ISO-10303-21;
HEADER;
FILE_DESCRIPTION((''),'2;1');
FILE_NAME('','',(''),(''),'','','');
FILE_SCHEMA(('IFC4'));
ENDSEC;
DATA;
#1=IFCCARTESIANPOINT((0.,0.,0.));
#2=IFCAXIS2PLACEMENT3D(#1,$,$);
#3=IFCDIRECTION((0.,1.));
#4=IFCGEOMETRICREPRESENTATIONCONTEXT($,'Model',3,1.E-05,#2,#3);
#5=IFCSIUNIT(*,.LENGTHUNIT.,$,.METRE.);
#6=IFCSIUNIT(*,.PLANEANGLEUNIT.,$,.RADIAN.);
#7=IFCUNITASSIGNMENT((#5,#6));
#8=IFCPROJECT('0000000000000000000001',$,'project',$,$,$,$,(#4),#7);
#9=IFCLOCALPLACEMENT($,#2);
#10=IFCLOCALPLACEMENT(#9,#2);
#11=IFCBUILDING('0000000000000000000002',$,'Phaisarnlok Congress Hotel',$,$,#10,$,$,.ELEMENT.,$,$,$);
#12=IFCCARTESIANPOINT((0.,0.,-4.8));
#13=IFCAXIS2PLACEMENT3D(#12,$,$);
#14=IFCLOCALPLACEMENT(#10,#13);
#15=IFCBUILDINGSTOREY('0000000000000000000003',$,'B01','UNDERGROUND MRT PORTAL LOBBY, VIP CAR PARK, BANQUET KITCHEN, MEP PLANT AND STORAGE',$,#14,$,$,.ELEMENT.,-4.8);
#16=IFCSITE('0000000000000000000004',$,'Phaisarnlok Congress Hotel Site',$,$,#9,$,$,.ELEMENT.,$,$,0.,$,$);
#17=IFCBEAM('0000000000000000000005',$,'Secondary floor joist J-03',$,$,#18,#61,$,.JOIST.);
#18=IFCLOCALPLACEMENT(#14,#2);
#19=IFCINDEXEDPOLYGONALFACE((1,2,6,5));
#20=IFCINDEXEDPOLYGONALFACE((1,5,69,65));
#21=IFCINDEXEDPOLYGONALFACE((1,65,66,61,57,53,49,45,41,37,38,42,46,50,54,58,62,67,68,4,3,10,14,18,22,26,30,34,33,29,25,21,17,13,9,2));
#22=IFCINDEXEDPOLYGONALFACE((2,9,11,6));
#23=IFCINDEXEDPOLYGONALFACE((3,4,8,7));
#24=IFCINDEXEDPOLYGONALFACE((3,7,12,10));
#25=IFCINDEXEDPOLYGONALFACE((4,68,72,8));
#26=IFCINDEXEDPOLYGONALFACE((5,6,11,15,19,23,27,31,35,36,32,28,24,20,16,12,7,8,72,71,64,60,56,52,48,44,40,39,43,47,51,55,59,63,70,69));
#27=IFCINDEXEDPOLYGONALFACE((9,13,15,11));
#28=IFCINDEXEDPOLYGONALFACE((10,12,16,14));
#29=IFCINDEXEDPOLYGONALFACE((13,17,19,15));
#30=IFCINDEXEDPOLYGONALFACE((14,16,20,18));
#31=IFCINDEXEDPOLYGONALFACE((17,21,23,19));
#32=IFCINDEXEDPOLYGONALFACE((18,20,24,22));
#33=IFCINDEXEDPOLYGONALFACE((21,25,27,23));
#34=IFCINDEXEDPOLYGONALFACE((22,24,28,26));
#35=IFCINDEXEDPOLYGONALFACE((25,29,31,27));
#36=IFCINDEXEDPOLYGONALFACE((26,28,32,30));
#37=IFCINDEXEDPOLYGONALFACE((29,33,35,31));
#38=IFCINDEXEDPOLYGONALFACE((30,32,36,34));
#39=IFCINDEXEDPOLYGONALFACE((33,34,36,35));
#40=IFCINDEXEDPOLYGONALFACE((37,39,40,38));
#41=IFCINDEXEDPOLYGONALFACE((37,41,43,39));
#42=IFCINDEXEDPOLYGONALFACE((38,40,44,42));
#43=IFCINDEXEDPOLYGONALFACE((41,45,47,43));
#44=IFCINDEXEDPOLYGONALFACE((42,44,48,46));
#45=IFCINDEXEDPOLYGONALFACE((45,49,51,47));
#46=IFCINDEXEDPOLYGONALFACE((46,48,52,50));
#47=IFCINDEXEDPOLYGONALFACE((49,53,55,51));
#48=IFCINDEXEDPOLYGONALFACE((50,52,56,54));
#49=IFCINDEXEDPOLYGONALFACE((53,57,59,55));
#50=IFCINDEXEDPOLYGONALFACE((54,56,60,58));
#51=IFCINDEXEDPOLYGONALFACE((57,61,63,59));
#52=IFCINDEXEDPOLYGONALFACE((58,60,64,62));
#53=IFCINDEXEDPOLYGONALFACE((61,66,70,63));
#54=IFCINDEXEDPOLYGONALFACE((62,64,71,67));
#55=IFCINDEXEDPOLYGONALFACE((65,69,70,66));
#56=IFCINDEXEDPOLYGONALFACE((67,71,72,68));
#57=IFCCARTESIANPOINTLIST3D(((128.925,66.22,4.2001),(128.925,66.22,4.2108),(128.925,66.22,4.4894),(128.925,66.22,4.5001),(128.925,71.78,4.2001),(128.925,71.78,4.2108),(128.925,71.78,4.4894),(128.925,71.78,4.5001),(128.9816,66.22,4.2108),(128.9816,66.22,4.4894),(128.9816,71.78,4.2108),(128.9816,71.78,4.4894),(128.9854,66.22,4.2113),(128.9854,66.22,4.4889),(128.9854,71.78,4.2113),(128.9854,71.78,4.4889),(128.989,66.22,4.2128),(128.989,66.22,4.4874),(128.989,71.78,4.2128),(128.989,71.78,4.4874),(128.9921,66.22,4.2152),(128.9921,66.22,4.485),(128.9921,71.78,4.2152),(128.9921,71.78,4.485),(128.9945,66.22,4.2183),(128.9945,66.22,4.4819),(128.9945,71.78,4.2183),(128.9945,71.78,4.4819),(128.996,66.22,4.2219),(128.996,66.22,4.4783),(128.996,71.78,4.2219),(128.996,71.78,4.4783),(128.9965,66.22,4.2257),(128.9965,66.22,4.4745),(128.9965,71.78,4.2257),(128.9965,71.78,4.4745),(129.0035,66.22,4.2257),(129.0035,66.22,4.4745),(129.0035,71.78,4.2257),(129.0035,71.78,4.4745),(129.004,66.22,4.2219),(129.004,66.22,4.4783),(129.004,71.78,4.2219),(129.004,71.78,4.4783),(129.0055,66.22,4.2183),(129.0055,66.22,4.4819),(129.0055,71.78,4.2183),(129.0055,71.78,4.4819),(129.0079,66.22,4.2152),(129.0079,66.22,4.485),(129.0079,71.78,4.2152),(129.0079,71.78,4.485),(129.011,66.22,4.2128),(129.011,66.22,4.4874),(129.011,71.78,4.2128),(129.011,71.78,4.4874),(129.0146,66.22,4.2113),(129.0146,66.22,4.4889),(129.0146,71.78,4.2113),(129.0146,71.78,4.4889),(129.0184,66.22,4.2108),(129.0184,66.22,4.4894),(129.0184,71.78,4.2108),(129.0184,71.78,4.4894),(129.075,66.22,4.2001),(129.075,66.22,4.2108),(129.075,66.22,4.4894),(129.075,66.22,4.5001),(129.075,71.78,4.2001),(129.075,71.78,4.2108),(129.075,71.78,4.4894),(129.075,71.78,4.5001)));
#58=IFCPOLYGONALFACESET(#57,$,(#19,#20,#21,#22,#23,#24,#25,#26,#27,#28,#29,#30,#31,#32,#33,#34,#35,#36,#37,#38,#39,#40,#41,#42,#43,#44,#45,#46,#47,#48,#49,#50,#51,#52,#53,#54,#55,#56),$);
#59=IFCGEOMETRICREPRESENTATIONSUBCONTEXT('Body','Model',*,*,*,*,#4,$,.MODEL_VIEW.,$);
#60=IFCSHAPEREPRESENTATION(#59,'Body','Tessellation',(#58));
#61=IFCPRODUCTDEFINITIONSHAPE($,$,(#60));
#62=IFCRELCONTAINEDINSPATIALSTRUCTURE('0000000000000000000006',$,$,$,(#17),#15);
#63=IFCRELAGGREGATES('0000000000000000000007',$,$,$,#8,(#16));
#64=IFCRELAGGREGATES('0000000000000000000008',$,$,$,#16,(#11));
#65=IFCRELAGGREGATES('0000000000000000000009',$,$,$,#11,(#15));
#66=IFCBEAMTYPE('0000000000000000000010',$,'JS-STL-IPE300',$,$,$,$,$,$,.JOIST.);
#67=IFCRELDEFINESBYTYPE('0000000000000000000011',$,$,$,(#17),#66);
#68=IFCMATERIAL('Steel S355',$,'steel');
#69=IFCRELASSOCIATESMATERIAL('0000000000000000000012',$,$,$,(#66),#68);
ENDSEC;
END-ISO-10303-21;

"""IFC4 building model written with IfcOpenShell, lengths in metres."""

from ifc_helpers import new_model, si_unit, direction, frame, origin, origin_2d, place, context, subcontext, project, spatial, i_section, extrude, material, material_profile, profile_set, type_object, element, save


model = new_model("IFC4")

# Units and contexts
model_context = context("Model", 3, precision=1e-05, world=origin(), true_north=direction((0.0, 1.0)))
body_context = subcontext(model_context, "Body", "Model", "MODEL_VIEW")
ifc_project = project(units=[si_unit("LENGTHUNIT", "METRE"), si_unit("PLANEANGLEUNIT", "RADIAN")], contexts=[model_context])

# Site, building, storey
site_placement = place(None, origin())
site = spatial("IfcSite", under=ifc_project, at=site_placement, Name="Phaisarnlok Congress Hotel Site", CompositionType="ELEMENT", RefElevation=0.0)
building_placement = place(site_placement, origin())
building = spatial("IfcBuilding", under=site, at=building_placement, Name="Phaisarnlok Congress Hotel", CompositionType="ELEMENT")
storey_placement = place(building_placement, frame((0.0, 0.0, -4.8)))
storey = spatial("IfcBuildingStorey", under=building, at=storey_placement, Name="B01", Description="UNDERGROUND MRT PORTAL LOBBY, VIP CAR PARK, BANQUET KITCHEN, MEP PLANT AND STORAGE", CompositionType="ELEMENT", Elevation=-4.8)

# Beam
ifc_material_1 = material(Name="Steel S355", Category="steel")
ifc_material_profile_1 = material_profile(ifc_material_1, i_section(OverallWidth=0.1499, OverallDepth=0.3, WebThickness=0.0071, FlangeThickness=0.0107, FilletRadius=0.0149, at=origin_2d()), Name="IPE 300")
ifc_profile_set_1 = profile_set([ifc_material_profile_1], Name="Steel S355")
beam_type_1 = type_object("IfcBeamType", Name="JS-STL-IPE300", PredefinedType="JOIST", material=ifc_profile_set_1)
for number, where, z_axis, x_axis, name in (
    (1, (129.0, 66.22, 4.3501), (0.0, 1.0, 0.0), (-1.0, 0.0, 0.0), "Secondary floor joist J-03"),
):
    element("IfcBeam", number, at=place(storey_placement, frame(where, z_axis=z_axis, x_axis=x_axis)), inside=storey, type_object=beam_type_1, Name=name, PredefinedType="JOIST", context=body_context, shape_type="SweptSolid", body=[
        extrude(i_section(OverallWidth=0.1499, OverallDepth=0.3, WebThickness=0.0071, FlangeThickness=0.0107, FilletRadius=0.0149, at=origin_2d()), origin(), (0.0, 0.0, 1.0), 5.5601),
    ])

save(model, "model.ifc")
